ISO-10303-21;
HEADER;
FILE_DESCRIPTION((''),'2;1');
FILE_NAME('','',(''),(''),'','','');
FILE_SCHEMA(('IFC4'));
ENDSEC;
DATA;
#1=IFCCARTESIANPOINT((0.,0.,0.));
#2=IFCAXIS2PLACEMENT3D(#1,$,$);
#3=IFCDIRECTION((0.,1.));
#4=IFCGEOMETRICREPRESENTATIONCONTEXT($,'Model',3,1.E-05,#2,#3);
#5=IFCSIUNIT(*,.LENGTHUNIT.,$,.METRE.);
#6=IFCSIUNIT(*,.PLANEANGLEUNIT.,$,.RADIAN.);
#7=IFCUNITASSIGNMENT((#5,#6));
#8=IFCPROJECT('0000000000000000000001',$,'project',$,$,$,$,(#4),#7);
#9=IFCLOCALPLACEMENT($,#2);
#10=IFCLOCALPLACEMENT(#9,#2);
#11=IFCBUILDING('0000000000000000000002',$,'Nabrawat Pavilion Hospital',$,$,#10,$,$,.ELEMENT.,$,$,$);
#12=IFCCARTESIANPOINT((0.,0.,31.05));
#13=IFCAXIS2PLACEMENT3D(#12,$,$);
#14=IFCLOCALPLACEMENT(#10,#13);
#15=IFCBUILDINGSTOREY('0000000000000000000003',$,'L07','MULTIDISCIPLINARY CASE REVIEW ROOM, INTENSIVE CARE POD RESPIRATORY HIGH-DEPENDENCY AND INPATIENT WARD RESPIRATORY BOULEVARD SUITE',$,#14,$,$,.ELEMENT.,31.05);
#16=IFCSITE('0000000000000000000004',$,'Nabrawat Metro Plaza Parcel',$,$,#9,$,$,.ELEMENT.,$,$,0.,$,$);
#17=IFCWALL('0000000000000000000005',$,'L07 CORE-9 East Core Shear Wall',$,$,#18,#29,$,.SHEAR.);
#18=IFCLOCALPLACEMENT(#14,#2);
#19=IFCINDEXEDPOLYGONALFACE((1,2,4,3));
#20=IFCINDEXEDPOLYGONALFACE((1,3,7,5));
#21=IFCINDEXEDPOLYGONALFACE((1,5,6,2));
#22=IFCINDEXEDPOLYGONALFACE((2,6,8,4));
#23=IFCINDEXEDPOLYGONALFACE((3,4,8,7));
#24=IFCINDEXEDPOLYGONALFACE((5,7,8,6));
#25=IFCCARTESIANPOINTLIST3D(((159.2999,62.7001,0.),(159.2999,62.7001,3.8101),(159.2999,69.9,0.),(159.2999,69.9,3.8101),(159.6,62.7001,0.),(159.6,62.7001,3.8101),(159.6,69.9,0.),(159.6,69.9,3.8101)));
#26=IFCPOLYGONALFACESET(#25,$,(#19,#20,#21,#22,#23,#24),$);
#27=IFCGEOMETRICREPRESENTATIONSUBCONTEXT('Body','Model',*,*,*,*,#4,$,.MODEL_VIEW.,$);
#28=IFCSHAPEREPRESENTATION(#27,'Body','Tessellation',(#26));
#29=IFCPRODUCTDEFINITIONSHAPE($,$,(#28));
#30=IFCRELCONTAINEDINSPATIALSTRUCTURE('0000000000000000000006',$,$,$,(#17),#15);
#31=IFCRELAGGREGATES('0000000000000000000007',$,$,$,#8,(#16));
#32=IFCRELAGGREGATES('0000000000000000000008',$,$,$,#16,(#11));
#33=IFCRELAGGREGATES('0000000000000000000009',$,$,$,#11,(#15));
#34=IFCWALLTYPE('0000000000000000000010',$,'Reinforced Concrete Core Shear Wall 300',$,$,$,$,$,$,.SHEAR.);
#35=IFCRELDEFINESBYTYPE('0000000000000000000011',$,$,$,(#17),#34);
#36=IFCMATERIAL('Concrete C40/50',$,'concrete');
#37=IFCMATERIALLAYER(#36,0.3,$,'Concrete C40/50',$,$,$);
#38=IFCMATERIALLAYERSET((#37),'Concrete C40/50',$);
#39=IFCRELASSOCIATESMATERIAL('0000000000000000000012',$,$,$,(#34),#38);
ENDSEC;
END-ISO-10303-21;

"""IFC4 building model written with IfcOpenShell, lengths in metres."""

from ifc_helpers import new_model, si_unit, direction, frame, frame_2d, origin, place, context, subcontext, project, spatial, rectangle, extrude, material, layer, layer_set, type_object, element, save


model = new_model("IFC4")

# Units and contexts
model_context = context("Model", 3, precision=1e-05, world=origin(), true_north=direction((0.0, 1.0)))
body_context = subcontext(model_context, "Body", "Model", "MODEL_VIEW")
ifc_project = project(units=[si_unit("LENGTHUNIT", "METRE"), si_unit("PLANEANGLEUNIT", "RADIAN")], contexts=[model_context])

# Site, building, storey
site_placement = place(None, origin())
site = spatial("IfcSite", under=ifc_project, at=site_placement, Name="Nabrawat Metro Plaza Parcel", CompositionType="ELEMENT", RefElevation=0.0)
building_placement = place(site_placement, origin())
building = spatial("IfcBuilding", under=site, at=building_placement, Name="Nabrawat Pavilion Hospital", CompositionType="ELEMENT")
storey_placement = place(building_placement, frame((0.0, 0.0, 31.05)))
storey = spatial("IfcBuildingStorey", under=building, at=storey_placement, Name="L07", Description="MULTIDISCIPLINARY CASE REVIEW ROOM, INTENSIVE CARE POD RESPIRATORY HIGH-DEPENDENCY AND INPATIENT WARD RESPIRATORY BOULEVARD SUITE", CompositionType="ELEMENT", Elevation=31.05)

# Shared definitions
ifc_material_1 = material(Name="Concrete C40/50", Category="concrete")

# Wall
ifc_layer_1 = layer(ifc_material_1, 0.3, Name="Concrete C40/50")
ifc_layer_set_1 = layer_set([ifc_layer_1], Name="Concrete C40/50")
wall_type_1 = type_object("IfcWallType", Name="Reinforced Concrete Core Shear Wall 300", PredefinedType="SHEAR", material=ifc_layer_set_1)
for number, where, z_axis, x_axis, name in (
    (1, (159.45, 62.7, 0.0), (0.0, 0.0, 1.0), (0.0, 1.0, 0.0), "L07 CORE-9 East Core Shear Wall"),
):
    element("IfcWall", number, at=place(storey_placement, frame(where, z_axis=z_axis, x_axis=x_axis)), inside=storey, type_object=wall_type_1, Name=name, PredefinedType="SHEAR", context=body_context, shape_type="SweptSolid", body=[
        extrude(rectangle(XDim=7.2, YDim=0.3, at=frame_2d((3.6001, 0.0))), origin(), (0.0, 0.0, 1.0), 3.8101),
    ])

save(model, "model.ifc")
